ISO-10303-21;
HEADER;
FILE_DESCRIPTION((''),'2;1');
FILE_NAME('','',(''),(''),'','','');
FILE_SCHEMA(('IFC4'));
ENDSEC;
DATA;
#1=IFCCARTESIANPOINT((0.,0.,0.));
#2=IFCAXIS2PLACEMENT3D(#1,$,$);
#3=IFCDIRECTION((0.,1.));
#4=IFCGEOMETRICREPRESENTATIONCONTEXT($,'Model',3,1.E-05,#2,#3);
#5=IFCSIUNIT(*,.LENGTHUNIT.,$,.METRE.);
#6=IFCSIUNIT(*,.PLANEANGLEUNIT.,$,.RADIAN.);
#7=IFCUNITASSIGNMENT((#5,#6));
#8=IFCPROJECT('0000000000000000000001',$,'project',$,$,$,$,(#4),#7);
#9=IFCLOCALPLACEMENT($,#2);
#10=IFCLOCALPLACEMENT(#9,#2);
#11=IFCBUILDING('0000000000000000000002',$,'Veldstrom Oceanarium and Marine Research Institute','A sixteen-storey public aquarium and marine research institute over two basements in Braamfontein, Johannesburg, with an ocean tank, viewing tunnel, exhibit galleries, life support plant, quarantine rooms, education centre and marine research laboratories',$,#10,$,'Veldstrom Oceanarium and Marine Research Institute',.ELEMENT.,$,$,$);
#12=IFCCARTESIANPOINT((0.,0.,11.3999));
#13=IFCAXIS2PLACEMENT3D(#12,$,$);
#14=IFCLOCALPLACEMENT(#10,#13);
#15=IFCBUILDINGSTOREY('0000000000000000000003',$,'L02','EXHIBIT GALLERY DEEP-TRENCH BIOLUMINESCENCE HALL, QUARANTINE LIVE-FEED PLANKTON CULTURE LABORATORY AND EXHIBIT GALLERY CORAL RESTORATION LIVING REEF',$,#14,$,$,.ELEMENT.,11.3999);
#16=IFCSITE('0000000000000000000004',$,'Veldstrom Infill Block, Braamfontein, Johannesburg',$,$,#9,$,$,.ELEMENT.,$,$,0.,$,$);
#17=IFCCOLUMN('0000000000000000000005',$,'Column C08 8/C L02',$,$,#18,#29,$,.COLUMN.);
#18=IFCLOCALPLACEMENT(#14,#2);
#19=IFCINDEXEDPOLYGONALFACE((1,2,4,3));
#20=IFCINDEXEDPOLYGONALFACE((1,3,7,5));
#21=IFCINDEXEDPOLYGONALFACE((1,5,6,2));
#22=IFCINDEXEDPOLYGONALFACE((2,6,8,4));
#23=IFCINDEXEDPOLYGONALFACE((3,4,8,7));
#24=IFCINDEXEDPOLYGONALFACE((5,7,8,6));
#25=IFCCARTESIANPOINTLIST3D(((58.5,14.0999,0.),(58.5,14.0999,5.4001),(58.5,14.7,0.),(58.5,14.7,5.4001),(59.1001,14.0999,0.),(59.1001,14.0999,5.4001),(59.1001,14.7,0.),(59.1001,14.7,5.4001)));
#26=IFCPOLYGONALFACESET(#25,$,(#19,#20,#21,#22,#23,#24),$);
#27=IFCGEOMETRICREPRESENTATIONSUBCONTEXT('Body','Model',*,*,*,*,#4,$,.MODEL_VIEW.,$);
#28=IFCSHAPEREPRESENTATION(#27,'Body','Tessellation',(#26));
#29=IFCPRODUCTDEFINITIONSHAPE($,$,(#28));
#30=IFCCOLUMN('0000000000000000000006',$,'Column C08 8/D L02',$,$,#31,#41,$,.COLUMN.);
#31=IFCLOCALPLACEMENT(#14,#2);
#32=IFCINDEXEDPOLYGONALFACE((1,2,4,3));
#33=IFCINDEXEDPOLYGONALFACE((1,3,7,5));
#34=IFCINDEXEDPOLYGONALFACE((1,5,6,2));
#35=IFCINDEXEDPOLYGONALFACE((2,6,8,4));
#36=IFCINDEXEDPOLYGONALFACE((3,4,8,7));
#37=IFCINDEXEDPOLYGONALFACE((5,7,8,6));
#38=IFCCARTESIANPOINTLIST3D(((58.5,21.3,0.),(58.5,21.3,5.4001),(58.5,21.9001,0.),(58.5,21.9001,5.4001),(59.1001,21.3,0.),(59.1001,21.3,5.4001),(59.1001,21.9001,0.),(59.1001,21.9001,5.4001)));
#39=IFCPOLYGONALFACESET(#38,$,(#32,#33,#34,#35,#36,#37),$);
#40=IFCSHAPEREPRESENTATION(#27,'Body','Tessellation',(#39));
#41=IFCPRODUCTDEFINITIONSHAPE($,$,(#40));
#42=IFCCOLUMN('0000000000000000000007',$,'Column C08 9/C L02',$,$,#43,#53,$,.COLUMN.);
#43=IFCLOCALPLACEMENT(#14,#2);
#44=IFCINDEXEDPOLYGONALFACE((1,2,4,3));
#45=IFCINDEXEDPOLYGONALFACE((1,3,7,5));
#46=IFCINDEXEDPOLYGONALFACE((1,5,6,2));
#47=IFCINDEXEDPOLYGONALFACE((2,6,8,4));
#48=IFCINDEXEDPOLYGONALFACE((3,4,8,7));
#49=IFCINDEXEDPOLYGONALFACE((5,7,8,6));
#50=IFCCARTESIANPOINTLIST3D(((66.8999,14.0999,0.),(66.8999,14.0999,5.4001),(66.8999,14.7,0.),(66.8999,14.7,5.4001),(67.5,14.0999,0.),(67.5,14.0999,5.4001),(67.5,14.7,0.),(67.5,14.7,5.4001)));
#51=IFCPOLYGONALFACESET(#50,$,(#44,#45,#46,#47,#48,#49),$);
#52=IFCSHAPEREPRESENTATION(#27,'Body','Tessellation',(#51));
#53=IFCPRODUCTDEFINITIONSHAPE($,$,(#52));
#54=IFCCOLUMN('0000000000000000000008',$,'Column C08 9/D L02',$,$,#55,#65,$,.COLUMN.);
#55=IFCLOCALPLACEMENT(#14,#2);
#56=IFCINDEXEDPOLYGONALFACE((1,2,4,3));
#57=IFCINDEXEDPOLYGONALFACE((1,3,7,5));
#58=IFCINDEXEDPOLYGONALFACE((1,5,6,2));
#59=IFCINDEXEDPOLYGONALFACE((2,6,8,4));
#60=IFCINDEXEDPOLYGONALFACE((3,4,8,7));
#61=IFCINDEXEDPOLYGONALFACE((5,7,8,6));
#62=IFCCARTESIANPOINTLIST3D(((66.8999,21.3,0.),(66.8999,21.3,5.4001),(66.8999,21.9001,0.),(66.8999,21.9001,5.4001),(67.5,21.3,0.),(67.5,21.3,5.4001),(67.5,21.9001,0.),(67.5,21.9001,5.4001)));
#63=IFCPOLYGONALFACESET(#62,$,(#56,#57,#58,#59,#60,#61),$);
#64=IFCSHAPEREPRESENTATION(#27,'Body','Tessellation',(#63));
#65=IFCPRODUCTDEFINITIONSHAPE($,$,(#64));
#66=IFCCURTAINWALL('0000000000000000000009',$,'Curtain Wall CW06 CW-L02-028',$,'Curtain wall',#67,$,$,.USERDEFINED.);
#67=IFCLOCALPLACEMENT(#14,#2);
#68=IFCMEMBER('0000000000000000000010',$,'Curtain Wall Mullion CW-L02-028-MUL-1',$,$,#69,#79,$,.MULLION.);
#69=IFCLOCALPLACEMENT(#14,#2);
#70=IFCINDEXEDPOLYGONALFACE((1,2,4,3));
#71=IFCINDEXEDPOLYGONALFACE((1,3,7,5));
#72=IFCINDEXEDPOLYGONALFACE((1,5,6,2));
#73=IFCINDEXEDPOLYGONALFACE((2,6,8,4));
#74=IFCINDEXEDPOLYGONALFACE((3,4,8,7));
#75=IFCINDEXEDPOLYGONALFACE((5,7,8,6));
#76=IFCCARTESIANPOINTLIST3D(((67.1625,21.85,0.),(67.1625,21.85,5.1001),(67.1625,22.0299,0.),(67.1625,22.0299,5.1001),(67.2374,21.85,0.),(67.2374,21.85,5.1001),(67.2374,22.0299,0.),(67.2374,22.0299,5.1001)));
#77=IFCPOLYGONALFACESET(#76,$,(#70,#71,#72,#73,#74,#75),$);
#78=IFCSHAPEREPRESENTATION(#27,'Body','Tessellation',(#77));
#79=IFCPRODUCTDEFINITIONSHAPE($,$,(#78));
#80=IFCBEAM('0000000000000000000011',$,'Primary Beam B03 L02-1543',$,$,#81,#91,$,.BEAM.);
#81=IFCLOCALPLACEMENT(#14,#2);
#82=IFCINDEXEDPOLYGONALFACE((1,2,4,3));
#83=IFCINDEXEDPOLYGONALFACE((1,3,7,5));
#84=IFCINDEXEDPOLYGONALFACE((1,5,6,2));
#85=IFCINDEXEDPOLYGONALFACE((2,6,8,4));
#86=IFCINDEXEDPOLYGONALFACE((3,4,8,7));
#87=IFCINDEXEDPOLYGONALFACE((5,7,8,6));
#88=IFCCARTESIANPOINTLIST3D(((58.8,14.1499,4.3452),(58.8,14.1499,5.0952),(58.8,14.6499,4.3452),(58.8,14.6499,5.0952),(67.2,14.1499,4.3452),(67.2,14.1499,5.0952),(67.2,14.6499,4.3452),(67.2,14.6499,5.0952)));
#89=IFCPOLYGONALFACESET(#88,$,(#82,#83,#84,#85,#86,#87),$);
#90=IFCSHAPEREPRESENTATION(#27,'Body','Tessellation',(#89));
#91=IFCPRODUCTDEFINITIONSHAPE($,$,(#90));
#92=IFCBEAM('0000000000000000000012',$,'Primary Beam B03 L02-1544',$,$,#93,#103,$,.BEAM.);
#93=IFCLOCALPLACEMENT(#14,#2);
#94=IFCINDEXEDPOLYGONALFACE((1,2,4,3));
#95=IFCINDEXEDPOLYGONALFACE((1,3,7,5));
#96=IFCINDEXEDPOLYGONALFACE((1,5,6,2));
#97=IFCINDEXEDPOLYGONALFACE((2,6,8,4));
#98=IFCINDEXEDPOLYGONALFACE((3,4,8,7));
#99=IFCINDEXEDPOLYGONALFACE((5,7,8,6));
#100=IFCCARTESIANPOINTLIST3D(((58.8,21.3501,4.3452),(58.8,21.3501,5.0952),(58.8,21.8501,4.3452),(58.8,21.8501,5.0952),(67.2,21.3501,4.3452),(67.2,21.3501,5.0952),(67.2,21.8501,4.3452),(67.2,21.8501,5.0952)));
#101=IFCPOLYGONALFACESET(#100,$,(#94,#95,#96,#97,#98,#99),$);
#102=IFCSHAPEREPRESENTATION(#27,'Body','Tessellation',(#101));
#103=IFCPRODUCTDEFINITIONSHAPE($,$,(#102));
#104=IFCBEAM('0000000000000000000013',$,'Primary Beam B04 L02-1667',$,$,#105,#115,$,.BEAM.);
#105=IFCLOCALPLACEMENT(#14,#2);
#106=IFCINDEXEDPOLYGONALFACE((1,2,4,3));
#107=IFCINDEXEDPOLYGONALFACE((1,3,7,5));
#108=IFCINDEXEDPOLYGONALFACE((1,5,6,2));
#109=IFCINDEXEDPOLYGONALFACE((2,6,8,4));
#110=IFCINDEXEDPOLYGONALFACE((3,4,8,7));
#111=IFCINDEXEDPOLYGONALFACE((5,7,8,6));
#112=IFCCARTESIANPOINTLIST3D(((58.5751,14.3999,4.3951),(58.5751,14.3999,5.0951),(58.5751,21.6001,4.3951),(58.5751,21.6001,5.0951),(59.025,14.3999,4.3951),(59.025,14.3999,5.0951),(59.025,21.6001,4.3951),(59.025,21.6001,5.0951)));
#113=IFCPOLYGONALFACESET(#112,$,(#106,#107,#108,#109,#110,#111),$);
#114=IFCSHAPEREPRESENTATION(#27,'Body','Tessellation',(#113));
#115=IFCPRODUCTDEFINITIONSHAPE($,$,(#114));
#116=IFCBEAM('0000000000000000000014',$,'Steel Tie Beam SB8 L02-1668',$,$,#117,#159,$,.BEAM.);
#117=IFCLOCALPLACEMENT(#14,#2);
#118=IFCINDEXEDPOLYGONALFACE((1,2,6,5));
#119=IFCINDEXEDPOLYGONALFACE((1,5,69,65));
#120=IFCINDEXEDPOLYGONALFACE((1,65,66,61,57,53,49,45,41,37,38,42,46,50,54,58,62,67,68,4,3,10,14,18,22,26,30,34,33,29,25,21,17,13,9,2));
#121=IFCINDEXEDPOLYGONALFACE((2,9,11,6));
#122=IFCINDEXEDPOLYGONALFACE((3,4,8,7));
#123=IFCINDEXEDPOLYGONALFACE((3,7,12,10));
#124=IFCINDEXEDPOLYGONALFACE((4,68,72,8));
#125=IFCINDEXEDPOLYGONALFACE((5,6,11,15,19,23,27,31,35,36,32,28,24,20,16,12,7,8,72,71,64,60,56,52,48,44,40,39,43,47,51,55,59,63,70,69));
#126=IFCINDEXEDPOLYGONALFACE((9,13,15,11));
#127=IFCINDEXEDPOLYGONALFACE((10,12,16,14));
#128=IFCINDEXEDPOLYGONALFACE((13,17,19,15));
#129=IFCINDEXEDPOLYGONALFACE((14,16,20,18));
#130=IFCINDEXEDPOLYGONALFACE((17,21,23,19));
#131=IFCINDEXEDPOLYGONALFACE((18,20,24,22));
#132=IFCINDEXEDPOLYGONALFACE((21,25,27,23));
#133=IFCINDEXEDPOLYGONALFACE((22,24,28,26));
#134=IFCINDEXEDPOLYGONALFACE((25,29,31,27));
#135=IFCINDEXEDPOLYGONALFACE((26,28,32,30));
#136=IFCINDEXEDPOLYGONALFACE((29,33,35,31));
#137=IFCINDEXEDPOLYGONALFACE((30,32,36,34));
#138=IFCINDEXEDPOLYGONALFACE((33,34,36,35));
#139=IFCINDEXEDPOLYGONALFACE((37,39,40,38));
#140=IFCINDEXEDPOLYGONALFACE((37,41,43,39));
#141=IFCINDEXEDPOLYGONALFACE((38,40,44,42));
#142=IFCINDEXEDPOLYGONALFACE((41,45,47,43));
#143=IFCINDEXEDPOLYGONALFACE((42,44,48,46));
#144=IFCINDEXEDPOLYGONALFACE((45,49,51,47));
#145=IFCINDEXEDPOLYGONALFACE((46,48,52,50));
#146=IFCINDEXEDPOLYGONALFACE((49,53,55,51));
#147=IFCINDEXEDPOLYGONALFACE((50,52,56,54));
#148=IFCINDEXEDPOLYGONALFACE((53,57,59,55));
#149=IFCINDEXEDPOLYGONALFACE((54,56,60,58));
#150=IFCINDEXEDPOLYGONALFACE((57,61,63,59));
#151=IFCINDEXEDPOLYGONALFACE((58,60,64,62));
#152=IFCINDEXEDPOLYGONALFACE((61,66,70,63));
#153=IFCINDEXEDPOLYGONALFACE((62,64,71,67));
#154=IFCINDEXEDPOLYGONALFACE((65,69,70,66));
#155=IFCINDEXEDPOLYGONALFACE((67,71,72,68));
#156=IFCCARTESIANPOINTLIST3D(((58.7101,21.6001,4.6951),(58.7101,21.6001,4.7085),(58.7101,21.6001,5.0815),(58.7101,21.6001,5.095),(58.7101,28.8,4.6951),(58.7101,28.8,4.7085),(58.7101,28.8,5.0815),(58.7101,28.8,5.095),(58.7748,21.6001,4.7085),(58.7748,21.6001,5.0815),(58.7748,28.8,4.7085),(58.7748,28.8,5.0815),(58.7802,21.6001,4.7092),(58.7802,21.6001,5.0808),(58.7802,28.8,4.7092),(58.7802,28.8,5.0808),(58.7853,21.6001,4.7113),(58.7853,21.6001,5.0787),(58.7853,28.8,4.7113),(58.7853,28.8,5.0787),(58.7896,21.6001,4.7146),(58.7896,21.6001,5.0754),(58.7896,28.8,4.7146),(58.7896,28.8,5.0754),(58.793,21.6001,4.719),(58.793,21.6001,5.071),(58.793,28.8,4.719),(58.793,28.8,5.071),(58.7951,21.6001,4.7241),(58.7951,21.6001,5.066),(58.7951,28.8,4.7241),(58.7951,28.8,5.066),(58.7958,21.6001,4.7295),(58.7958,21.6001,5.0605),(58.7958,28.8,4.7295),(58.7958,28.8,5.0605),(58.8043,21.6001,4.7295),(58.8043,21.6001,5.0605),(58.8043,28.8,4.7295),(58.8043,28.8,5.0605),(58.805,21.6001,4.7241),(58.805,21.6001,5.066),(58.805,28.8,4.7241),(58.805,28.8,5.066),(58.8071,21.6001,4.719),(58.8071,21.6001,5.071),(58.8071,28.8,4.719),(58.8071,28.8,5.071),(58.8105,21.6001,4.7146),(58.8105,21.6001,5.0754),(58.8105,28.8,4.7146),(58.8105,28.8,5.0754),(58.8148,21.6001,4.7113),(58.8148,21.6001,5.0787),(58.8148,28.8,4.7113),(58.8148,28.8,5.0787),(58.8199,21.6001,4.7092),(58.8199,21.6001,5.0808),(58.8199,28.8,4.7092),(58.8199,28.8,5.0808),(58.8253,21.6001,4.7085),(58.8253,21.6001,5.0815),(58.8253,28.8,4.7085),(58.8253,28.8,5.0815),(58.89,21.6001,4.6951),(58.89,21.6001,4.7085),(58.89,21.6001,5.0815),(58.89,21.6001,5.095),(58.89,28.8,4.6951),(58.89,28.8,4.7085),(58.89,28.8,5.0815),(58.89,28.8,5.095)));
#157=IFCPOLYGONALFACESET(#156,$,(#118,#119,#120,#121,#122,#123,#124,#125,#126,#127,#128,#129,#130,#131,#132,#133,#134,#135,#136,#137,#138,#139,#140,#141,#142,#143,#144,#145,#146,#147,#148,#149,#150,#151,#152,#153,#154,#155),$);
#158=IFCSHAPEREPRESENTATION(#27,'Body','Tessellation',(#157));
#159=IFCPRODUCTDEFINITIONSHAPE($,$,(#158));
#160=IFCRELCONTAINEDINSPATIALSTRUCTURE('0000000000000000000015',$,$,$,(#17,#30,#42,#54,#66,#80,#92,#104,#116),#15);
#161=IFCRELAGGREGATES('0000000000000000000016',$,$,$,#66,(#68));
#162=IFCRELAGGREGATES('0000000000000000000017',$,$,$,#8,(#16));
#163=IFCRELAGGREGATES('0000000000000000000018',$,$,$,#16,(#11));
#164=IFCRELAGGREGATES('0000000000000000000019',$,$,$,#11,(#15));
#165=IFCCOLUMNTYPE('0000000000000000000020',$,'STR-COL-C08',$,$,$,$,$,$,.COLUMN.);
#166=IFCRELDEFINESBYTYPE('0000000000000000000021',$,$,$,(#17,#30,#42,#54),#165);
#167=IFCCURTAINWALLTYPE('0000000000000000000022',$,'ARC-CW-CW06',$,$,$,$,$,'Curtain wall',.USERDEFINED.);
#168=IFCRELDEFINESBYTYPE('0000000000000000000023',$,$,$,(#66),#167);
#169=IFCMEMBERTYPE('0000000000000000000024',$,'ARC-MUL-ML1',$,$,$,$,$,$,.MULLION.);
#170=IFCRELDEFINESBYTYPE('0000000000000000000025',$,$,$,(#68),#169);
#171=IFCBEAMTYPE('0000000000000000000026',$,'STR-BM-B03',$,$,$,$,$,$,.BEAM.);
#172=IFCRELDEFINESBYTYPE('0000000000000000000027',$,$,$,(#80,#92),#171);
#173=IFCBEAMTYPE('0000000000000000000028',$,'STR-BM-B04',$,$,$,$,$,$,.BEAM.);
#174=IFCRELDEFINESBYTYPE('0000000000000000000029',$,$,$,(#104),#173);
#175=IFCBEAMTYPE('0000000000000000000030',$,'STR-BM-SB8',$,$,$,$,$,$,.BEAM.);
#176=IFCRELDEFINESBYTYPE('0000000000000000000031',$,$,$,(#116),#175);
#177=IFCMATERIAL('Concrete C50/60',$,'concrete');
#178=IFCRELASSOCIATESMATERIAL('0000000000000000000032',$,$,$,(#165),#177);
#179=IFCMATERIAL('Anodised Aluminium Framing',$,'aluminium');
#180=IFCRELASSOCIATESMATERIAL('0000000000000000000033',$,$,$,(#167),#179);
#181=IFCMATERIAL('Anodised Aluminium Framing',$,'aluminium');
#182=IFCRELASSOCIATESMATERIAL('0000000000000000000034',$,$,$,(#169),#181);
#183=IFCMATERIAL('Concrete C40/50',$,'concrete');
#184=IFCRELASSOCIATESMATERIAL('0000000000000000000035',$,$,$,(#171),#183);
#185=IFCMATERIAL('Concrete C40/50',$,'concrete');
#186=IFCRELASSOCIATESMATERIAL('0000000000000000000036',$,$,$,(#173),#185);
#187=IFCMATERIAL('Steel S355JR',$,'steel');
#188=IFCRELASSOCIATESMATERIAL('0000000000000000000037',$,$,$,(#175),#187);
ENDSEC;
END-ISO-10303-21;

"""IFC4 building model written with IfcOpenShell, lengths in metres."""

from ifc_helpers import new_model, si_unit, direction, frame, origin, origin_2d, place, context, subcontext, project, spatial, rectangle, i_section, extrude, material, material_profile, profile_set, type_object, element, aggregate, save


model = new_model("IFC4")

# Units and contexts
model_context = context("Model", 3, precision=1e-05, world=origin(), true_north=direction((0.0, 1.0)))
body_context = subcontext(model_context, "Body", "Model", "MODEL_VIEW")
ifc_project = project(units=[si_unit("LENGTHUNIT", "METRE"), si_unit("PLANEANGLEUNIT", "RADIAN")], contexts=[model_context])

# Site, building, storey
site_placement = place(None, origin())
site = spatial("IfcSite", under=ifc_project, at=site_placement, Name="Veldstrom Infill Block, Braamfontein, Johannesburg", CompositionType="ELEMENT", RefElevation=0.0)
building_placement = place(site_placement, origin())
building = spatial("IfcBuilding", under=site, at=building_placement, Name="Veldstrom Oceanarium and Marine Research Institute", Description="A sixteen-storey public aquarium and marine research institute over two basements in Braamfontein, Johannesburg, with an ocean tank, viewing tunnel, exhibit galleries, life support plant, quarantine rooms, education centre and marine research laboratories", LongName="Veldstrom Oceanarium and Marine Research Institute", CompositionType="ELEMENT")
storey_placement = place(building_placement, frame((0.0, 0.0, 11.3999)))
storey = spatial("IfcBuildingStorey", under=building, at=storey_placement, Name="L02", Description="EXHIBIT GALLERY DEEP-TRENCH BIOLUMINESCENCE HALL, QUARANTINE LIVE-FEED PLANKTON CULTURE LABORATORY AND EXHIBIT GALLERY CORAL RESTORATION LIVING REEF", CompositionType="ELEMENT", Elevation=11.3999)

# Columns
ifc_material_1 = material(Name="Concrete C50/60", Category="concrete")
ifc_material_profile_1 = material_profile(ifc_material_1, rectangle(XDim=0.6001, YDim=0.6001, at=origin_2d()), Name="RC-COL-600x600")
ifc_profile_set_1 = profile_set([ifc_material_profile_1], Name="Concrete C50/60")
column_type = type_object("IfcColumnType", Name="STR-COL-C08", PredefinedType="COLUMN", material=ifc_profile_set_1)
for number, where, z_axis, x_axis, name in (
    (1, (58.8, 14.3999, 0.0), (0.0, 0.0, 1.0), (1.0, 0.0, 0.0), "Column C08 8/C L02"),
    (2, (58.8, 21.6001, 0.0), (0.0, 0.0, 1.0), (1.0, 0.0, 0.0), "Column C08 8/D L02"),
    (3, (67.2, 14.3999, 0.0), (0.0, 0.0, 1.0), (1.0, 0.0, 0.0), "Column C08 9/C L02"),
    (4, (67.2, 21.6001, 0.0), (0.0, 0.0, 1.0), (1.0, 0.0, 0.0), "Column C08 9/D L02"),
):
    element("IfcColumn", number, at=place(storey_placement, frame(where, z_axis=z_axis, x_axis=x_axis)), inside=storey, type_object=column_type, Name=name, PredefinedType="COLUMN", context=body_context, shape_type="SweptSolid", body=[
        extrude(rectangle(XDim=0.6001, YDim=0.6001, at=origin_2d()), origin(), (0.0, 0.0, 1.0), 5.4001),
    ])

# Curtain wall, member
ifc_material_2 = material(Name="Anodised Aluminium Framing", Category="aluminium")
curtain_wall_type = type_object("IfcCurtainWallType", Name="ARC-CW-CW06", ElementType="Curtain wall", PredefinedType="USERDEFINED", material=ifc_material_2)
curtain_wall_placement = place(storey_placement, origin())
curtain_wall = element("IfcCurtainWall", 5, at=curtain_wall_placement, inside=storey, type_object=curtain_wall_type, Name="Curtain Wall CW06 CW-L02-028", ObjectType="Curtain wall", PredefinedType="USERDEFINED")
ifc_material_3 = material(Name="Anodised Aluminium Framing", Category="aluminium")
ifc_material_profile_2 = material_profile(ifc_material_3, rectangle(XDim=0.075, YDim=0.1799, at=origin_2d()), Name="ALU-MUL-75x180")
ifc_profile_set_2 = profile_set([ifc_material_profile_2], Name="Anodised Aluminium Framing")
member_type = type_object("IfcMemberType", Name="ARC-MUL-ML1", PredefinedType="MULLION", material=ifc_profile_set_2)
member_placement = place(storey_placement, frame((67.2, 21.9399, 0.0), z_axis=(0.0, 0.0, 1.0), x_axis=(1.0, 0.0, 0.0)))
member = element("IfcMember", 6, at=member_placement, type_object=member_type, Name="Curtain Wall Mullion CW-L02-028-MUL-1", PredefinedType="MULLION", context=body_context, shape_type="SweptSolid", body=[
    extrude(rectangle(XDim=0.075, YDim=0.1799, at=origin_2d()), origin(), (0.0, 0.0, 1.0), 5.1001),
])
aggregate(curtain_wall, [member])

# Beams
ifc_material_4 = material(Name="Concrete C40/50", Category="concrete")
ifc_material_profile_3 = material_profile(ifc_material_4, rectangle(XDim=0.5, YDim=0.75, at=origin_2d()), Name="RC-BM-500x750")
ifc_profile_set_3 = profile_set([ifc_material_profile_3], Name="Concrete C40/50")
beam_type_1 = type_object("IfcBeamType", Name="STR-BM-B03", PredefinedType="BEAM", material=ifc_profile_set_3)
for number, where, z_axis, x_axis, name in (
    (7, (58.8, 14.3999, 4.7202), (1.0, 0.0, 0.0), (0.0, 1.0, 0.0), "Primary Beam B03 L02-1543"),
    (8, (58.8, 21.6001, 4.7202), (1.0, 0.0, 0.0), (0.0, 1.0, 0.0), "Primary Beam B03 L02-1544"),
):
    element("IfcBeam", number, at=place(storey_placement, frame(where, z_axis=z_axis, x_axis=x_axis)), inside=storey, type_object=beam_type_1, Name=name, PredefinedType="BEAM", context=body_context, shape_type="SweptSolid", body=[
        extrude(rectangle(XDim=0.5, YDim=0.75, at=origin_2d()), origin(), (0.0, 0.0, 1.0), 8.3999),
    ])
ifc_material_5 = material(Name="Concrete C40/50", Category="concrete")
ifc_material_profile_4 = material_profile(ifc_material_5, rectangle(XDim=0.45, YDim=0.7, at=origin_2d()), Name="RC-BM-450x700")
ifc_profile_set_4 = profile_set([ifc_material_profile_4], Name="Concrete C40/50")
beam_type_2 = type_object("IfcBeamType", Name="STR-BM-B04", PredefinedType="BEAM", material=ifc_profile_set_4)
beam_1_placement = place(storey_placement, frame((58.8, 14.3999, 4.7451), z_axis=(0.0, 1.0, 0.0), x_axis=(-1.0, 0.0, 0.0)))
element("IfcBeam", 9, at=beam_1_placement, inside=storey, type_object=beam_type_2, Name="Primary Beam B04 L02-1667", PredefinedType="BEAM", context=body_context, shape_type="SweptSolid", body=[
    extrude(rectangle(XDim=0.45, YDim=0.7, at=origin_2d()), origin(), (0.0, 0.0, 1.0), 7.2002),
])
ifc_material_6 = material(Name="Steel S355JR", Category="steel")
ifc_material_profile_5 = material_profile(ifc_material_6, i_section(OverallWidth=0.1799, OverallDepth=0.3999, WebThickness=0.0085, FlangeThickness=0.0134, FilletRadius=0.021, at=origin_2d()), Name="IPE 400")
ifc_profile_set_5 = profile_set([ifc_material_profile_5], Name="Steel S355JR")
beam_type_3 = type_object("IfcBeamType", Name="STR-BM-SB8", PredefinedType="BEAM", material=ifc_profile_set_5)
beam_2_placement = place(storey_placement, frame((58.8, 21.6001, 4.895), z_axis=(0.0, 1.0, 0.0), x_axis=(-1.0, 0.0, 0.0)))
element("IfcBeam", 10, at=beam_2_placement, inside=storey, type_object=beam_type_3, Name="Steel Tie Beam SB8 L02-1668", PredefinedType="BEAM", context=body_context, shape_type="SweptSolid", body=[
    extrude(i_section(OverallWidth=0.1799, OverallDepth=0.3999, WebThickness=0.0085, FlangeThickness=0.0134, FilletRadius=0.021, at=origin_2d()), origin(), (0.0, 0.0, 1.0), 7.2),
])

save(model, "model.ifc")
